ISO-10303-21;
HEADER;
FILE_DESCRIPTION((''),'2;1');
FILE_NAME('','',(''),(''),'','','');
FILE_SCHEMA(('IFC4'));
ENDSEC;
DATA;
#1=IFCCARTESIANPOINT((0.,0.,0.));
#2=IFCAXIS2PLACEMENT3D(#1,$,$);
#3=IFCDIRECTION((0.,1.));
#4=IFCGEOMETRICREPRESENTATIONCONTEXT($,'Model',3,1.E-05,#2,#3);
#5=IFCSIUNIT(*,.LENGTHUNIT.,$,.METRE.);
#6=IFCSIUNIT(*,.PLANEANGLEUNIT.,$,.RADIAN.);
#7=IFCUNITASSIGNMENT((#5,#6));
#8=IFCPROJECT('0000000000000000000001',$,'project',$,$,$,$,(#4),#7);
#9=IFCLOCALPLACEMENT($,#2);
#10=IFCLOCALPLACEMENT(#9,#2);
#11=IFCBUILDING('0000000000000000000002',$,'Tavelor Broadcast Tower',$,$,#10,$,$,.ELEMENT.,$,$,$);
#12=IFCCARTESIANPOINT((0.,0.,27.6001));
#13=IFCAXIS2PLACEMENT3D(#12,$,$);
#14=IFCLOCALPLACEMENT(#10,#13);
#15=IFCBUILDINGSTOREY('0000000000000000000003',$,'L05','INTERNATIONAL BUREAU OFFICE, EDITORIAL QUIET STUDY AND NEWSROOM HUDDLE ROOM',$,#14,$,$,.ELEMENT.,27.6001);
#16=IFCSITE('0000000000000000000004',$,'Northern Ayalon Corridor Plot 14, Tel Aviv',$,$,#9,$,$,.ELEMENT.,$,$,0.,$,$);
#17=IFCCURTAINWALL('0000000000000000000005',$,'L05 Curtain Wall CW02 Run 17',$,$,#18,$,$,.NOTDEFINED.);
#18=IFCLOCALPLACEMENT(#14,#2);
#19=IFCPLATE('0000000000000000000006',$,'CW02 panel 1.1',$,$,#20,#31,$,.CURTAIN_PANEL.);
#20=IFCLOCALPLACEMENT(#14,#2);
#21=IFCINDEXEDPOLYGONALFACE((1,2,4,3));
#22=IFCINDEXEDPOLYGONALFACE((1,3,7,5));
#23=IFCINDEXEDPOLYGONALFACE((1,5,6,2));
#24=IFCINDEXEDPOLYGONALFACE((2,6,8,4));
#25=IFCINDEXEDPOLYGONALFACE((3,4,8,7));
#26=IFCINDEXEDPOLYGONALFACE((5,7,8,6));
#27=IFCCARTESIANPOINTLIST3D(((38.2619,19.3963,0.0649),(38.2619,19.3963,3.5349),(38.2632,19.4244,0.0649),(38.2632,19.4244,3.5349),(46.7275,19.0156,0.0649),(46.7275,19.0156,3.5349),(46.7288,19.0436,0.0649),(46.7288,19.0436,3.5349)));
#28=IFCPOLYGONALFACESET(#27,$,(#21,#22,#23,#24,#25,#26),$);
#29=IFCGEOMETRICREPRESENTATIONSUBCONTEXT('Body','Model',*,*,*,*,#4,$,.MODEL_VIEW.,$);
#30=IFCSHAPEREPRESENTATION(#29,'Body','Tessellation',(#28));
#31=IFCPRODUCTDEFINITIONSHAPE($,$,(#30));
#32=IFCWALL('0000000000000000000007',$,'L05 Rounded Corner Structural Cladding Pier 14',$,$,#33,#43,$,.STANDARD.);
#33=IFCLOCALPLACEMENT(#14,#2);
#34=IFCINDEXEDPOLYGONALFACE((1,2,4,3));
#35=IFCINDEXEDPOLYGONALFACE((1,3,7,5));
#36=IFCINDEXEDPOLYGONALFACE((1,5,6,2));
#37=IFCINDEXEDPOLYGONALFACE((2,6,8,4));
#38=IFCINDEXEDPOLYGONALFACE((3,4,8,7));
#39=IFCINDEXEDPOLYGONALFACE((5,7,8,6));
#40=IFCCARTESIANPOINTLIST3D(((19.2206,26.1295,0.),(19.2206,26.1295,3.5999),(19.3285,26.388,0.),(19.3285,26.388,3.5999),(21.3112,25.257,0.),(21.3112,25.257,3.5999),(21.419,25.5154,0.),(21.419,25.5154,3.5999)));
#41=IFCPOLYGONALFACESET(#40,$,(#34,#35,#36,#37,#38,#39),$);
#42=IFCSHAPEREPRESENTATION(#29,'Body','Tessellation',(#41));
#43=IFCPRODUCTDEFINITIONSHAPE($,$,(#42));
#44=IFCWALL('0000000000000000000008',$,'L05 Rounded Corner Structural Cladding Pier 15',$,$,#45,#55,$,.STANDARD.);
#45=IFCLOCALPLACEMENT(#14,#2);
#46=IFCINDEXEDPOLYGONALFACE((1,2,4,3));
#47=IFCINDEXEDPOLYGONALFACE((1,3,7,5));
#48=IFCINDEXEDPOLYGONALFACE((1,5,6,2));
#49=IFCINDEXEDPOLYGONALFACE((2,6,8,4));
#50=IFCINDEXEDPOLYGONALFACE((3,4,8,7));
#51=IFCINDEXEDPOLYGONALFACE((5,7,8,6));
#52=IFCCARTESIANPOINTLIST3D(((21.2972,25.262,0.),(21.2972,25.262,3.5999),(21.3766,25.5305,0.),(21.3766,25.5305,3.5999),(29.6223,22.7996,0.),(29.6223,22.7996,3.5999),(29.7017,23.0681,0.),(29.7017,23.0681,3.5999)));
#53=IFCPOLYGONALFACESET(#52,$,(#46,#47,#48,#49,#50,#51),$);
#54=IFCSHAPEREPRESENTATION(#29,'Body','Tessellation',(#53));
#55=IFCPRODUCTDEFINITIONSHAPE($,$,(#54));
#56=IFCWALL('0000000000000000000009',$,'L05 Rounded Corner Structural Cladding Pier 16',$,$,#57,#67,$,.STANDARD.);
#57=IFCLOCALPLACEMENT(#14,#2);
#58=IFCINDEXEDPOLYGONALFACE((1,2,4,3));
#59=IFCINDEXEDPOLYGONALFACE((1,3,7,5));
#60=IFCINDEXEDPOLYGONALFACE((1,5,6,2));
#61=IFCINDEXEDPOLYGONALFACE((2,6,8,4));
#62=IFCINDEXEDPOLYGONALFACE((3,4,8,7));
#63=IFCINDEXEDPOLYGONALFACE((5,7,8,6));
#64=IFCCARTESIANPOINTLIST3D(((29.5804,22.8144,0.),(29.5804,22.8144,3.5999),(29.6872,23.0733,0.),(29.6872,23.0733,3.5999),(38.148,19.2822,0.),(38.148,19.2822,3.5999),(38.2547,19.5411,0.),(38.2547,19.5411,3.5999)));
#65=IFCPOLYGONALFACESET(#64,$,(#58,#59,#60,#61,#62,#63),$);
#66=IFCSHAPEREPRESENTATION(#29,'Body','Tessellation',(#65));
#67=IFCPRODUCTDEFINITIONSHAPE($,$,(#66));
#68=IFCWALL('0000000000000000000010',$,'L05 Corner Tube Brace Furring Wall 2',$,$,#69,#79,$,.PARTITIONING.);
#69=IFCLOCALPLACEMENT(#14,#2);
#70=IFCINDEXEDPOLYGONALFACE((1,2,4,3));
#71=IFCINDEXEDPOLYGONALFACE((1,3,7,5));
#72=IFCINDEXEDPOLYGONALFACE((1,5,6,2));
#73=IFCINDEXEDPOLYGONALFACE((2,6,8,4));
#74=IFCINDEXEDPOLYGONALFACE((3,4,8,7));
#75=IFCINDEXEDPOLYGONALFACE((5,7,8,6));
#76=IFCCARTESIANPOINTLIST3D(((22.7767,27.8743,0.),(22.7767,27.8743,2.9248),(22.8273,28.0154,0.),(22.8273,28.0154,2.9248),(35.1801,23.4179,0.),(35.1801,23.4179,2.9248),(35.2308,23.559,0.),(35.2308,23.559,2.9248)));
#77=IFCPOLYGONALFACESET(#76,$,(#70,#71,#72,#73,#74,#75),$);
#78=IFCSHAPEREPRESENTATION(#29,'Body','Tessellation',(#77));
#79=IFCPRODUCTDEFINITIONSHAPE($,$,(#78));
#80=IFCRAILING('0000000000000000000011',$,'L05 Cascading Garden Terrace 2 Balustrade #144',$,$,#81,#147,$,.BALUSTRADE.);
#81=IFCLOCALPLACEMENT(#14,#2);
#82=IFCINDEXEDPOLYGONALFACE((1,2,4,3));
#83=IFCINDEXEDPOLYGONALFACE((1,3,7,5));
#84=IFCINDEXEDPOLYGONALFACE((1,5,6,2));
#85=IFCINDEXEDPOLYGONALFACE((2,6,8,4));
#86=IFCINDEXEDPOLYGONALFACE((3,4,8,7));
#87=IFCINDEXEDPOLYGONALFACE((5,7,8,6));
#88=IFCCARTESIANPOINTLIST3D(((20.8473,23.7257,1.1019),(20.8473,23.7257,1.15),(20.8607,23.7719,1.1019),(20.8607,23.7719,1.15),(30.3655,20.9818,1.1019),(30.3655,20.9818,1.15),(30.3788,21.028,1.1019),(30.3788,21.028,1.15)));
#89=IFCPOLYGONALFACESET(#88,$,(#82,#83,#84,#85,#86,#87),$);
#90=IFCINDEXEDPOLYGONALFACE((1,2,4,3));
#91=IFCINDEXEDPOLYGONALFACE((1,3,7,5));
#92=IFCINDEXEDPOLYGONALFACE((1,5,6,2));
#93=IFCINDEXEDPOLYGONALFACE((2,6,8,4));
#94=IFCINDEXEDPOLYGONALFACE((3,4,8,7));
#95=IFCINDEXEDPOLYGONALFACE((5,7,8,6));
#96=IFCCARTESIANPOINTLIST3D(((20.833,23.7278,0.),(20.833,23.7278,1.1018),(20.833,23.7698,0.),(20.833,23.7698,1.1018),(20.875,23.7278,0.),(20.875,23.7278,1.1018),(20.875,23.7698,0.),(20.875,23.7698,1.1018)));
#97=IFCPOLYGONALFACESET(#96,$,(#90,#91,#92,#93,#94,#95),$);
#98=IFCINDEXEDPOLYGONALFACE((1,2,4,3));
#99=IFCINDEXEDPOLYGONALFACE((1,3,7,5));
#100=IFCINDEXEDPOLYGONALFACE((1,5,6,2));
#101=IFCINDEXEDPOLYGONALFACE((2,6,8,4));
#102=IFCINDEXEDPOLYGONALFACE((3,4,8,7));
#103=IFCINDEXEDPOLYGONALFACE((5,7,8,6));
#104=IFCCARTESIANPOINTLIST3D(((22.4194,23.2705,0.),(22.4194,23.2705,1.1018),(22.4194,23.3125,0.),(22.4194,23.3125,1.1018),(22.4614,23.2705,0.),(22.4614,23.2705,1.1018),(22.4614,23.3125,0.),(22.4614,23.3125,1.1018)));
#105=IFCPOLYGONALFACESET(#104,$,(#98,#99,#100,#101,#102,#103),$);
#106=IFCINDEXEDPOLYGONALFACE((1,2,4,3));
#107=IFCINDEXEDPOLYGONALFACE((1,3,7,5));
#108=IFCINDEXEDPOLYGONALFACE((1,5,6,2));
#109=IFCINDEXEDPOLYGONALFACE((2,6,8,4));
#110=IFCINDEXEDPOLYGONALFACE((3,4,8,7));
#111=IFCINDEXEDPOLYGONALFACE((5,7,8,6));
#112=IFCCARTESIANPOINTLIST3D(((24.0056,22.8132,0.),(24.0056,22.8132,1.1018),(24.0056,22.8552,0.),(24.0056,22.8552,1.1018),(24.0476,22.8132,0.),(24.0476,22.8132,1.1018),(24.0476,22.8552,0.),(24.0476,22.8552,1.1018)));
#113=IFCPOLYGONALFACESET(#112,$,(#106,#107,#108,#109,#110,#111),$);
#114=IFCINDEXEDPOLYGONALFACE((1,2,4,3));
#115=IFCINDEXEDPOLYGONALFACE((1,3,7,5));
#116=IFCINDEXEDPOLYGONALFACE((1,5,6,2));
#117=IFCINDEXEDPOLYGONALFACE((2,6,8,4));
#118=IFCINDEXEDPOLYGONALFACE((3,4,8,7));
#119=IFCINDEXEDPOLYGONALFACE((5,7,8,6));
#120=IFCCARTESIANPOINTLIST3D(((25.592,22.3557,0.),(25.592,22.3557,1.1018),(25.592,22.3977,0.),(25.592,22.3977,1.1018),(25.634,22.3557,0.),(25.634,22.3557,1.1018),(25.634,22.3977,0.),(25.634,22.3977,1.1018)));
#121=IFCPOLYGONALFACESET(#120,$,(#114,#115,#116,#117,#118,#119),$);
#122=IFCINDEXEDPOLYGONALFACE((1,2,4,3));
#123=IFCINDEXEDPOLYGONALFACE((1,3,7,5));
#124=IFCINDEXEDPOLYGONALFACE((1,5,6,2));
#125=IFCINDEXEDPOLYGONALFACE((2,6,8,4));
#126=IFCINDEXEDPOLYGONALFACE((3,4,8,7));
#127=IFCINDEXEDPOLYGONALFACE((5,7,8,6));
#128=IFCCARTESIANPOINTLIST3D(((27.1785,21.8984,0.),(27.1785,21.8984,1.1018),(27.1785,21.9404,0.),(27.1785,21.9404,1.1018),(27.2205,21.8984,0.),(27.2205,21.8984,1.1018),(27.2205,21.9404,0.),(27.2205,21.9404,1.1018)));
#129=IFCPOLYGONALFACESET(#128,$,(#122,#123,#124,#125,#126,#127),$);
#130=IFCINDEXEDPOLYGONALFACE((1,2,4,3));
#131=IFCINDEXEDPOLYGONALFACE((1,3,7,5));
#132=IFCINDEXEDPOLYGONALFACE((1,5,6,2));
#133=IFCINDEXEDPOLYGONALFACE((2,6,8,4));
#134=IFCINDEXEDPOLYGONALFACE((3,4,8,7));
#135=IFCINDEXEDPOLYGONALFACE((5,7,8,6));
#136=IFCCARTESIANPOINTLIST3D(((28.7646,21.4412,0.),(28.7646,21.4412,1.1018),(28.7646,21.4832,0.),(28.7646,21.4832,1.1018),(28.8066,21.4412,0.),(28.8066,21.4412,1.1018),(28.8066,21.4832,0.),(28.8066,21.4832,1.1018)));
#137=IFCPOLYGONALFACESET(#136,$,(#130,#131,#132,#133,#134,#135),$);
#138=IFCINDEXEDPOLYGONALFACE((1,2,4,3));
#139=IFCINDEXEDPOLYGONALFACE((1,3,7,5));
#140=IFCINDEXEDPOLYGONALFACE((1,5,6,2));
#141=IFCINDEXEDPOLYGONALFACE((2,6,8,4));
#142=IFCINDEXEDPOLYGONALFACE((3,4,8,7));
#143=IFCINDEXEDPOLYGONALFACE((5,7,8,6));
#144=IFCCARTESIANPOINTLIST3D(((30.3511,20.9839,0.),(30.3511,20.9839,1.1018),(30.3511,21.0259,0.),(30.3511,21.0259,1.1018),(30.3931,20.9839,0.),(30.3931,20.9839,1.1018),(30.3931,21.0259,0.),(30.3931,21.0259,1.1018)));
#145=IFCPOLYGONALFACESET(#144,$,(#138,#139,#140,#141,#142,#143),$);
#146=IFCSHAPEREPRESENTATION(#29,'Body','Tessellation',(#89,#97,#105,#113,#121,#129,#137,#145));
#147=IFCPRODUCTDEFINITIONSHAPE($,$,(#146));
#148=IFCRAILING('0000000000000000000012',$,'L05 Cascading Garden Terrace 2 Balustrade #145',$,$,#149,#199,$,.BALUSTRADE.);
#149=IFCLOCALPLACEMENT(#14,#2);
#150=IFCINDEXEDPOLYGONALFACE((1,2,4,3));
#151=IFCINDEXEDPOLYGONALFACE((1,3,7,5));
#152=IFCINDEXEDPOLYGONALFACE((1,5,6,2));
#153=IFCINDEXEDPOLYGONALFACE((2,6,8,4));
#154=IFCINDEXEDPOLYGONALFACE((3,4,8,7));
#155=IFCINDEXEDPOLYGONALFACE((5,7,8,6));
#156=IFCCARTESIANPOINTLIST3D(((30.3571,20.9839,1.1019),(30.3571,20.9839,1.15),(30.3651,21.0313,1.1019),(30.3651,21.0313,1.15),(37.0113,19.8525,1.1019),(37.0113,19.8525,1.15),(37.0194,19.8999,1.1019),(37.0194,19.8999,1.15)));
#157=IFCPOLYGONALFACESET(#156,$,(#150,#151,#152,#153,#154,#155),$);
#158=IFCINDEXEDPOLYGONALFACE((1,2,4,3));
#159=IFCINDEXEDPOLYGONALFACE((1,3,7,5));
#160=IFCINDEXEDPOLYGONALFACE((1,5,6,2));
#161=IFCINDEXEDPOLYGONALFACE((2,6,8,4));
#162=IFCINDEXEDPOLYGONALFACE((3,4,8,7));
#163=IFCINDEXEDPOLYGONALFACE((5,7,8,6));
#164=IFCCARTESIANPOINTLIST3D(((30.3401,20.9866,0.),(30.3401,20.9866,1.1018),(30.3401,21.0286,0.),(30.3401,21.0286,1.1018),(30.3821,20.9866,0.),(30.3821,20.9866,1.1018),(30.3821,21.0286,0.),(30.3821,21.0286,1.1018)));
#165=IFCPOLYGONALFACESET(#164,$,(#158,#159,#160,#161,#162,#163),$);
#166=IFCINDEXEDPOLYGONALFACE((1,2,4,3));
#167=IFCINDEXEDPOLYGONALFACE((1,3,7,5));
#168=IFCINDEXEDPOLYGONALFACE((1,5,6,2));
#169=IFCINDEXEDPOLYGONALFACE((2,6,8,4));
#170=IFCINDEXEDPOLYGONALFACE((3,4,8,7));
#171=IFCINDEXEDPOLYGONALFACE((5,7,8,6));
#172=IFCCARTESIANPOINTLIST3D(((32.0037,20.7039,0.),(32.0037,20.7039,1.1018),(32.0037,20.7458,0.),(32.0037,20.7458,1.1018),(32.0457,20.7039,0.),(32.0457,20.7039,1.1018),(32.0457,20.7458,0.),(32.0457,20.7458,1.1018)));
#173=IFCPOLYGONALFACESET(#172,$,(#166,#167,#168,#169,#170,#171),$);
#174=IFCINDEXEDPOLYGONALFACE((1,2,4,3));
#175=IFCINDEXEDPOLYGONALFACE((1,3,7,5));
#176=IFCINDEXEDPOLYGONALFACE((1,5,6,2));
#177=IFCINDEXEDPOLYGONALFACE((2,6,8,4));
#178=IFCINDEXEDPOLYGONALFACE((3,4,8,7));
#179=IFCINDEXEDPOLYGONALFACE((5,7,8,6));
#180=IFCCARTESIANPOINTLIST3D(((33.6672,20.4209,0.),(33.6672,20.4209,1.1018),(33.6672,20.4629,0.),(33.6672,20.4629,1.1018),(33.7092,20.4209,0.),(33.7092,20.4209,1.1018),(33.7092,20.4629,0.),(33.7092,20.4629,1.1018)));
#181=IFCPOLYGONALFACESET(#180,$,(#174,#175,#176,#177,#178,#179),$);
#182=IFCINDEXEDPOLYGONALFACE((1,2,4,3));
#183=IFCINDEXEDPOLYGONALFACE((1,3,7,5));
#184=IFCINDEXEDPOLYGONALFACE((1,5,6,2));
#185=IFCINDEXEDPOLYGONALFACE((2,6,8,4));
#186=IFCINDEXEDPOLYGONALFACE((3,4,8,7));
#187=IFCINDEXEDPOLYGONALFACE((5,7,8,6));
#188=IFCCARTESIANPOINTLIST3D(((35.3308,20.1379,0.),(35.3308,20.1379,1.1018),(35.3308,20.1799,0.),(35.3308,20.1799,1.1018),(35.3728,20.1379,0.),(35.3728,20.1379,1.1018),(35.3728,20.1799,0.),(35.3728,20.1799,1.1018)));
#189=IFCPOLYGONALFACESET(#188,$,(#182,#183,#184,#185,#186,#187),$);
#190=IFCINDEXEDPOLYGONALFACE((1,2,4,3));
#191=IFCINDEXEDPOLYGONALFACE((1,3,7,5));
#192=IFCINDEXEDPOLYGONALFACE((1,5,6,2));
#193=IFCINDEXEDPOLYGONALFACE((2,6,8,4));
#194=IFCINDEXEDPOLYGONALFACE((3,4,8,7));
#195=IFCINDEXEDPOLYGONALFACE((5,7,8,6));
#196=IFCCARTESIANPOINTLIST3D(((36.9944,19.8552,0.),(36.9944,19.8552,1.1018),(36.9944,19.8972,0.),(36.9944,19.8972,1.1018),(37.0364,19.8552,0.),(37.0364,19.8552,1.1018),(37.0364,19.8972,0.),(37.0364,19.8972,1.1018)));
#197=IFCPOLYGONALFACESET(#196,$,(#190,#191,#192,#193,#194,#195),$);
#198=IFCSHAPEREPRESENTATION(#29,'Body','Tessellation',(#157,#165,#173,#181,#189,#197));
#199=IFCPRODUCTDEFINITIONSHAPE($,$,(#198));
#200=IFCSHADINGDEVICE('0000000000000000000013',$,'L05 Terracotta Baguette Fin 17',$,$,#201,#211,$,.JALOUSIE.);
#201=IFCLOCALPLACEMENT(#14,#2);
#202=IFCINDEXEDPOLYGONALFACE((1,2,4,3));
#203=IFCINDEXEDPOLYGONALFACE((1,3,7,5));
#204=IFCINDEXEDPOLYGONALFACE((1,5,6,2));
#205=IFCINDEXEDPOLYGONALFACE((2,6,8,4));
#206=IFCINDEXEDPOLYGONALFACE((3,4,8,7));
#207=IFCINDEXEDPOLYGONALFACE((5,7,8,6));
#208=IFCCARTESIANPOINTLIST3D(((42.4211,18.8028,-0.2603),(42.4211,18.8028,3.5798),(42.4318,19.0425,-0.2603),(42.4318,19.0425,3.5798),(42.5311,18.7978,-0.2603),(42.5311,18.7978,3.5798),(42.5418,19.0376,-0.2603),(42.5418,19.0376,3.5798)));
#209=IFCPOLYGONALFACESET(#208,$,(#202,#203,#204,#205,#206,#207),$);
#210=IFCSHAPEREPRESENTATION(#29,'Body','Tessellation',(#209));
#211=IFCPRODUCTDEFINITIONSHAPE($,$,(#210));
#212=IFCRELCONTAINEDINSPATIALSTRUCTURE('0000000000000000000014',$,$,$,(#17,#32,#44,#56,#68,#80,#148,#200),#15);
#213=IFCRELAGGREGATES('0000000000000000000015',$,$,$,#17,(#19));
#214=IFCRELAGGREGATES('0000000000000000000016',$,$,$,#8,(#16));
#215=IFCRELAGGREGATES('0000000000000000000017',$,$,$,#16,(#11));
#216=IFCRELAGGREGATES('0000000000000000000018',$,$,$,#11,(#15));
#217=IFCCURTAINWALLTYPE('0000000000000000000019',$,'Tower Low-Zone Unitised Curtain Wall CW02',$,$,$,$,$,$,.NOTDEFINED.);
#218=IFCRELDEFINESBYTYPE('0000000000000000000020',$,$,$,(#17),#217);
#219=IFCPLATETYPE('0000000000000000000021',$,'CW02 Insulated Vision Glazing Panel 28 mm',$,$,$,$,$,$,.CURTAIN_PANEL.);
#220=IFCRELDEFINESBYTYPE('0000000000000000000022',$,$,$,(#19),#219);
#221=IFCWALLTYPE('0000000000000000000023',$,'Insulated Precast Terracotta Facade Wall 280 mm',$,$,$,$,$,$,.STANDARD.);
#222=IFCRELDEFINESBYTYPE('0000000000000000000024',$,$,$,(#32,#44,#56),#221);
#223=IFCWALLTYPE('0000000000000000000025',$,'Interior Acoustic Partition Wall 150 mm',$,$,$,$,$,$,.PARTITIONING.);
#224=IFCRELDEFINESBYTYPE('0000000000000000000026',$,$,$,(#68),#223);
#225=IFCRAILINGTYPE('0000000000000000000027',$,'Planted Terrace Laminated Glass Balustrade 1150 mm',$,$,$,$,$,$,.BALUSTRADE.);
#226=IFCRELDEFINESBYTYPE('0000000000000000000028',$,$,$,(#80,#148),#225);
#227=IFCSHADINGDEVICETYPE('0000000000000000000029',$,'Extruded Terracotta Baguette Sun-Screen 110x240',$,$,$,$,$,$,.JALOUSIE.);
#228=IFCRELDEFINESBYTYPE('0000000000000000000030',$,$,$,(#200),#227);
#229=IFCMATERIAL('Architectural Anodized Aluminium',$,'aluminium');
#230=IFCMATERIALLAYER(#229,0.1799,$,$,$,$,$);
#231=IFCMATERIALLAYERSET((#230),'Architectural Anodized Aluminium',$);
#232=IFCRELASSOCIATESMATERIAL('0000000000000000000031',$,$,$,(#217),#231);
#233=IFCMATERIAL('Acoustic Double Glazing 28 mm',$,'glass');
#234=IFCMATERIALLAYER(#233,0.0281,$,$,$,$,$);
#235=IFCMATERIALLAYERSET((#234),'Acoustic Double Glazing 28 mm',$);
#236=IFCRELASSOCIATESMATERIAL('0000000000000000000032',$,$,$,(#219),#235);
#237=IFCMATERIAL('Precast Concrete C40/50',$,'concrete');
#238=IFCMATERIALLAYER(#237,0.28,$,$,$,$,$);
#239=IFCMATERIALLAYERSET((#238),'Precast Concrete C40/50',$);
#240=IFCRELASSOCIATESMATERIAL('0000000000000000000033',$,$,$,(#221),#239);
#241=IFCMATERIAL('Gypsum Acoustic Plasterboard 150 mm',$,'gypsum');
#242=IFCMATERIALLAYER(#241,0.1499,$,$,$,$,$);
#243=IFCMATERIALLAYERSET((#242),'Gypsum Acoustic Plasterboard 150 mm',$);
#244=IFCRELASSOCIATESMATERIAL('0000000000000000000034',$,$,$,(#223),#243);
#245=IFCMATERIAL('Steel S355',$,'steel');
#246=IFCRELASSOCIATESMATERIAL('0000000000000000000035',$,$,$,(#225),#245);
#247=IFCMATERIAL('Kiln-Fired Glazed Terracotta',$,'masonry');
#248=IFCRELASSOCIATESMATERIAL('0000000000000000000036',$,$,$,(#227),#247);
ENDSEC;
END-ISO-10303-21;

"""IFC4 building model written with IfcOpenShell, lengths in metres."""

from ifc_helpers import new_model, si_unit, direction, frame, frame_2d, origin, origin_2d, place, context, subcontext, project, spatial, rectangle, extrude, source, transform, mapped, material, layer, layer_set, type_object, type_shapes, element, aggregate, save


model = new_model("IFC4")

# Units and contexts
model_context = context("Model", 3, precision=1e-05, world=origin(), true_north=direction((0.0, 1.0)))
body_context = subcontext(model_context, "Body", "Model", "MODEL_VIEW")
ifc_project = project(units=[si_unit("LENGTHUNIT", "METRE"), si_unit("PLANEANGLEUNIT", "RADIAN")], contexts=[model_context])

# Site, building, storey
site_placement = place(None, origin())
site = spatial("IfcSite", under=ifc_project, at=site_placement, Name="Northern Ayalon Corridor Plot 14, Tel Aviv", CompositionType="ELEMENT", RefElevation=0.0)
building_placement = place(site_placement, origin())
building = spatial("IfcBuilding", under=site, at=building_placement, Name="Tavelor Broadcast Tower", CompositionType="ELEMENT")
storey_placement = place(building_placement, frame((0.0, 0.0, 27.6001)))
storey = spatial("IfcBuildingStorey", under=building, at=storey_placement, Name="L05", Description="INTERNATIONAL BUREAU OFFICE, EDITORIAL QUIET STUDY AND NEWSROOM HUDDLE ROOM", CompositionType="ELEMENT", Elevation=27.6001)

# Shared definitions
ifc_material_1 = material(Name="Steel S355", Category="steel")

# Curtain wall
ifc_material_2 = material(Name="Architectural Anodized Aluminium", Category="aluminium")
ifc_layer_1 = layer(ifc_material_2, 0.1799)
ifc_layer_set_1 = layer_set([ifc_layer_1], Name="Architectural Anodized Aluminium")
curtain_wall_type = type_object("IfcCurtainWallType", Name="Tower Low-Zone Unitised Curtain Wall CW02", PredefinedType="NOTDEFINED", material=ifc_layer_set_1)
curtain_wall_placement = place(storey_placement, origin())
curtain_wall = element("IfcCurtainWall", 1, at=curtain_wall_placement, inside=storey, type_object=curtain_wall_type, Name="L05 Curtain Wall CW02 Run 17", PredefinedType="NOTDEFINED")

# Plate
ifc_material_3 = material(Name="Acoustic Double Glazing 28 mm", Category="glass")
ifc_layer_2 = layer(ifc_material_3, 0.0281)
ifc_layer_set_2 = layer_set([ifc_layer_2], Name="Acoustic Double Glazing 28 mm")
plate_type_1 = type_object("IfcPlateType", Name="CW02 Insulated Vision Glazing Panel 28 mm", PredefinedType="CURTAIN_PANEL", material=ifc_layer_set_2)
shared_shape_1 = source(origin(), body_context, "Body", "SweptSolid", [
    extrude(rectangle(XDim=8.4741, YDim=0.0281, at=origin_2d()), origin(), (0.0, 0.0, 1.0), 3.47),
])
type_shapes(plate_type_1, [shared_shape_1])
plate_1_placement = place(storey_placement, frame((42.4954, 19.22, 0.0649), z_axis=(0.0, 0.0, 1.0), x_axis=(0.99899, -0.044932, 0.0)))
plate_1 = element("IfcPlate", 2, at=plate_1_placement, type_object=plate_type_1, Name="CW02 panel 1.1", PredefinedType="CURTAIN_PANEL", context=body_context, shape_type="MappedRepresentation", body=[
    mapped(shared_shape_1, transform((0.0, 0.0, 0.0), scale=1.0)),
])
aggregate(curtain_wall, [plate_1])

# Walls
ifc_material_4 = material(Name="Precast Concrete C40/50", Category="concrete")
ifc_layer_3 = layer(ifc_material_4, 0.28)
ifc_layer_set_3 = layer_set([ifc_layer_3], Name="Precast Concrete C40/50")
wall_type_1 = type_object("IfcWallType", Name="Insulated Precast Terracotta Facade Wall 280 mm", PredefinedType="STANDARD", material=ifc_layer_set_3)
wall_1_placement = place(storey_placement, frame((19.2744, 26.2588, 0.0), z_axis=(0.0, 0.0, 1.0), x_axis=(0.922844, -0.385174, 0.0)))
element("IfcWall", 3, at=wall_1_placement, inside=storey, type_object=wall_type_1, Name="L05 Rounded Corner Structural Cladding Pier 14", PredefinedType="STANDARD", context=body_context, shape_type="SweptSolid", body=[
    extrude(rectangle(XDim=2.2654, YDim=0.28, at=frame_2d((1.1328, 0.0))), origin(), (0.0, 0.0, 1.0), 3.5999),
])
wall_2_placement = place(storey_placement, frame((21.3369, 25.3962, 0.0), z_axis=(0.0, 0.0, 1.0), x_axis=(0.958934, -0.283631, 0.0)))
element("IfcWall", 4, at=wall_2_placement, inside=storey, type_object=wall_type_1, Name="L05 Rounded Corner Structural Cladding Pier 15", PredefinedType="STANDARD", context=body_context, shape_type="SweptSolid", body=[
    extrude(rectangle(XDim=8.6816, YDim=0.28, at=frame_2d((4.3408, 0.0))), origin(), (0.0, 0.0, 1.0), 3.5999),
])
wall_3_placement = place(storey_placement, frame((29.6338, 22.9438, 0.0), z_axis=(0.0, 0.0, 1.0), x_axis=(0.924512, -0.381154, 0.0)))
element("IfcWall", 5, at=wall_3_placement, inside=storey, type_object=wall_type_1, Name="L05 Rounded Corner Structural Cladding Pier 16", PredefinedType="STANDARD", context=body_context, shape_type="SweptSolid", body=[
    extrude(rectangle(XDim=9.2671, YDim=0.28, at=frame_2d((4.6335, 0.0))), origin(), (0.0, 0.0, 1.0), 3.5999),
])
ifc_material_5 = material(Name="Gypsum Acoustic Plasterboard 150 mm", Category="gypsum")
ifc_layer_4 = layer(ifc_material_5, 0.1499)
ifc_layer_set_4 = layer_set([ifc_layer_4], Name="Gypsum Acoustic Plasterboard 150 mm")
wall_type_2 = type_object("IfcWallType", Name="Interior Acoustic Partition Wall 150 mm", PredefinedType="PARTITIONING", material=ifc_layer_set_4)
wall_4_placement = place(storey_placement, frame((22.802, 27.9448, 0.0), z_axis=(0.0, 0.0, 1.0), x_axis=(0.941102, -0.338122, 0.0)))
element("IfcWall", 6, at=wall_4_placement, inside=storey, type_object=wall_type_2, Name="L05 Corner Tube Brace Furring Wall 2", PredefinedType="PARTITIONING", context=body_context, shape_type="SweptSolid", body=[
    extrude(rectangle(XDim=13.1797, YDim=0.1499, at=frame_2d((6.5898, 0.0))), origin(), (0.0, 0.0, 1.0), 2.9248),
])

# Railings
railing_type = type_object("IfcRailingType", Name="Planted Terrace Laminated Glass Balustrade 1150 mm", PredefinedType="BALUSTRADE", material=ifc_material_1)
railing_1_placement = place(storey_placement, frame((20.854, 23.7488, 0.0)))
element("IfcRailing", 7, at=railing_1_placement, inside=storey, type_object=railing_type, Name="L05 Cascading Garden Terrace 2 Balustrade #144", PredefinedType="BALUSTRADE", context=body_context, shape_type="SweptSolid", body=[
    extrude(rectangle(XDim=0.0481, YDim=0.0481, at=origin_2d()), frame((0.0, 0.0, 1.126), z_axis=(0.960869, -0.277002, 0.0), x_axis=(0.277002, 0.960869, 0.0)), (0.0, 0.0, 1.0), 9.9058),
    extrude(rectangle(XDim=0.042, YDim=0.042, at=origin_2d()), origin(), (0.0, 0.0, 1.0), 1.1018),
    extrude(rectangle(XDim=0.042, YDim=0.042, at=origin_2d()), frame((1.5864, -0.4573, 0.0)), (0.0, 0.0, 1.0), 1.1018),
    extrude(rectangle(XDim=0.042, YDim=0.042, at=origin_2d()), frame((3.1726, -0.9146, 0.0)), (0.0, 0.0, 1.0), 1.1018),
    extrude(rectangle(XDim=0.042, YDim=0.042, at=origin_2d()), frame((4.759, -1.3721, 0.0)), (0.0, 0.0, 1.0), 1.1018),
    extrude(rectangle(XDim=0.042, YDim=0.042, at=origin_2d()), frame((6.3455, -1.8293, 0.0)), (0.0, 0.0, 1.0), 1.1018),
    extrude(rectangle(XDim=0.042, YDim=0.042, at=origin_2d()), frame((7.9316, -2.2866, 0.0)), (0.0, 0.0, 1.0), 1.1018),
    extrude(rectangle(XDim=0.042, YDim=0.042, at=origin_2d()), frame((9.5181, -2.7439, 0.0)), (0.0, 0.0, 1.0), 1.1018),
])
railing_2_placement = place(storey_placement, frame((30.3611, 21.0076, 0.0)))
element("IfcRailing", 8, at=railing_2_placement, inside=storey, type_object=railing_type, Name="L05 Cascading Garden Terrace 2 Balustrade #145", PredefinedType="BALUSTRADE", context=body_context, shape_type="SweptSolid", body=[
    extrude(rectangle(XDim=0.0481, YDim=0.0481, at=origin_2d()), frame((0.0, 0.0, 1.126), z_axis=(0.985853, -0.167612, 0.0), x_axis=(0.167612, 0.985853, 0.0)), (0.0, 0.0, 1.0), 6.7498),
    extrude(rectangle(XDim=0.042, YDim=0.042, at=origin_2d()), origin(), (0.0, 0.0, 1.0), 1.1018),
    extrude(rectangle(XDim=0.042, YDim=0.042, at=origin_2d()), frame((1.6636, -0.2827, 0.0)), (0.0, 0.0, 1.0), 1.1018),
    extrude(rectangle(XDim=0.042, YDim=0.042, at=origin_2d()), frame((3.3271, -0.5657, 0.0)), (0.0, 0.0, 1.0), 1.1018),
    extrude(rectangle(XDim=0.042, YDim=0.042, at=origin_2d()), frame((4.9907, -0.8486, 0.0)), (0.0, 0.0, 1.0), 1.1018),
    extrude(rectangle(XDim=0.042, YDim=0.042, at=origin_2d()), frame((6.6543, -1.1313, 0.0)), (0.0, 0.0, 1.0), 1.1018),
])

# Shading device
ifc_material_6 = material(Name="Kiln-Fired Glazed Terracotta", Category="masonry")
shading_device_type = type_object("IfcShadingDeviceType", Name="Extruded Terracotta Baguette Sun-Screen 110x240", PredefinedType="JALOUSIE", material=ifc_material_6)
shared_shape_2 = source(origin(), body_context, "Body", "SweptSolid", [
    extrude(rectangle(XDim=0.1101, YDim=0.24, at=origin_2d()), origin(), (0.0, 0.0, 1.0), 3.8401),
])
type_shapes(shading_device_type, [shared_shape_2])
shading_device_placement = place(storey_placement, frame((42.4814, 18.9202, -0.2603), z_axis=(0.0, 0.0, 1.0), x_axis=(0.998994, -0.04484, 0.0)))
element("IfcShadingDevice", 9, at=shading_device_placement, inside=storey, type_object=shading_device_type, Name="L05 Terracotta Baguette Fin 17", PredefinedType="JALOUSIE", context=body_context, shape_type="MappedRepresentation", body=[
    mapped(shared_shape_2, transform((0.0, 0.0, 0.0), scale=1.0)),
])

save(model, "model.ifc")
